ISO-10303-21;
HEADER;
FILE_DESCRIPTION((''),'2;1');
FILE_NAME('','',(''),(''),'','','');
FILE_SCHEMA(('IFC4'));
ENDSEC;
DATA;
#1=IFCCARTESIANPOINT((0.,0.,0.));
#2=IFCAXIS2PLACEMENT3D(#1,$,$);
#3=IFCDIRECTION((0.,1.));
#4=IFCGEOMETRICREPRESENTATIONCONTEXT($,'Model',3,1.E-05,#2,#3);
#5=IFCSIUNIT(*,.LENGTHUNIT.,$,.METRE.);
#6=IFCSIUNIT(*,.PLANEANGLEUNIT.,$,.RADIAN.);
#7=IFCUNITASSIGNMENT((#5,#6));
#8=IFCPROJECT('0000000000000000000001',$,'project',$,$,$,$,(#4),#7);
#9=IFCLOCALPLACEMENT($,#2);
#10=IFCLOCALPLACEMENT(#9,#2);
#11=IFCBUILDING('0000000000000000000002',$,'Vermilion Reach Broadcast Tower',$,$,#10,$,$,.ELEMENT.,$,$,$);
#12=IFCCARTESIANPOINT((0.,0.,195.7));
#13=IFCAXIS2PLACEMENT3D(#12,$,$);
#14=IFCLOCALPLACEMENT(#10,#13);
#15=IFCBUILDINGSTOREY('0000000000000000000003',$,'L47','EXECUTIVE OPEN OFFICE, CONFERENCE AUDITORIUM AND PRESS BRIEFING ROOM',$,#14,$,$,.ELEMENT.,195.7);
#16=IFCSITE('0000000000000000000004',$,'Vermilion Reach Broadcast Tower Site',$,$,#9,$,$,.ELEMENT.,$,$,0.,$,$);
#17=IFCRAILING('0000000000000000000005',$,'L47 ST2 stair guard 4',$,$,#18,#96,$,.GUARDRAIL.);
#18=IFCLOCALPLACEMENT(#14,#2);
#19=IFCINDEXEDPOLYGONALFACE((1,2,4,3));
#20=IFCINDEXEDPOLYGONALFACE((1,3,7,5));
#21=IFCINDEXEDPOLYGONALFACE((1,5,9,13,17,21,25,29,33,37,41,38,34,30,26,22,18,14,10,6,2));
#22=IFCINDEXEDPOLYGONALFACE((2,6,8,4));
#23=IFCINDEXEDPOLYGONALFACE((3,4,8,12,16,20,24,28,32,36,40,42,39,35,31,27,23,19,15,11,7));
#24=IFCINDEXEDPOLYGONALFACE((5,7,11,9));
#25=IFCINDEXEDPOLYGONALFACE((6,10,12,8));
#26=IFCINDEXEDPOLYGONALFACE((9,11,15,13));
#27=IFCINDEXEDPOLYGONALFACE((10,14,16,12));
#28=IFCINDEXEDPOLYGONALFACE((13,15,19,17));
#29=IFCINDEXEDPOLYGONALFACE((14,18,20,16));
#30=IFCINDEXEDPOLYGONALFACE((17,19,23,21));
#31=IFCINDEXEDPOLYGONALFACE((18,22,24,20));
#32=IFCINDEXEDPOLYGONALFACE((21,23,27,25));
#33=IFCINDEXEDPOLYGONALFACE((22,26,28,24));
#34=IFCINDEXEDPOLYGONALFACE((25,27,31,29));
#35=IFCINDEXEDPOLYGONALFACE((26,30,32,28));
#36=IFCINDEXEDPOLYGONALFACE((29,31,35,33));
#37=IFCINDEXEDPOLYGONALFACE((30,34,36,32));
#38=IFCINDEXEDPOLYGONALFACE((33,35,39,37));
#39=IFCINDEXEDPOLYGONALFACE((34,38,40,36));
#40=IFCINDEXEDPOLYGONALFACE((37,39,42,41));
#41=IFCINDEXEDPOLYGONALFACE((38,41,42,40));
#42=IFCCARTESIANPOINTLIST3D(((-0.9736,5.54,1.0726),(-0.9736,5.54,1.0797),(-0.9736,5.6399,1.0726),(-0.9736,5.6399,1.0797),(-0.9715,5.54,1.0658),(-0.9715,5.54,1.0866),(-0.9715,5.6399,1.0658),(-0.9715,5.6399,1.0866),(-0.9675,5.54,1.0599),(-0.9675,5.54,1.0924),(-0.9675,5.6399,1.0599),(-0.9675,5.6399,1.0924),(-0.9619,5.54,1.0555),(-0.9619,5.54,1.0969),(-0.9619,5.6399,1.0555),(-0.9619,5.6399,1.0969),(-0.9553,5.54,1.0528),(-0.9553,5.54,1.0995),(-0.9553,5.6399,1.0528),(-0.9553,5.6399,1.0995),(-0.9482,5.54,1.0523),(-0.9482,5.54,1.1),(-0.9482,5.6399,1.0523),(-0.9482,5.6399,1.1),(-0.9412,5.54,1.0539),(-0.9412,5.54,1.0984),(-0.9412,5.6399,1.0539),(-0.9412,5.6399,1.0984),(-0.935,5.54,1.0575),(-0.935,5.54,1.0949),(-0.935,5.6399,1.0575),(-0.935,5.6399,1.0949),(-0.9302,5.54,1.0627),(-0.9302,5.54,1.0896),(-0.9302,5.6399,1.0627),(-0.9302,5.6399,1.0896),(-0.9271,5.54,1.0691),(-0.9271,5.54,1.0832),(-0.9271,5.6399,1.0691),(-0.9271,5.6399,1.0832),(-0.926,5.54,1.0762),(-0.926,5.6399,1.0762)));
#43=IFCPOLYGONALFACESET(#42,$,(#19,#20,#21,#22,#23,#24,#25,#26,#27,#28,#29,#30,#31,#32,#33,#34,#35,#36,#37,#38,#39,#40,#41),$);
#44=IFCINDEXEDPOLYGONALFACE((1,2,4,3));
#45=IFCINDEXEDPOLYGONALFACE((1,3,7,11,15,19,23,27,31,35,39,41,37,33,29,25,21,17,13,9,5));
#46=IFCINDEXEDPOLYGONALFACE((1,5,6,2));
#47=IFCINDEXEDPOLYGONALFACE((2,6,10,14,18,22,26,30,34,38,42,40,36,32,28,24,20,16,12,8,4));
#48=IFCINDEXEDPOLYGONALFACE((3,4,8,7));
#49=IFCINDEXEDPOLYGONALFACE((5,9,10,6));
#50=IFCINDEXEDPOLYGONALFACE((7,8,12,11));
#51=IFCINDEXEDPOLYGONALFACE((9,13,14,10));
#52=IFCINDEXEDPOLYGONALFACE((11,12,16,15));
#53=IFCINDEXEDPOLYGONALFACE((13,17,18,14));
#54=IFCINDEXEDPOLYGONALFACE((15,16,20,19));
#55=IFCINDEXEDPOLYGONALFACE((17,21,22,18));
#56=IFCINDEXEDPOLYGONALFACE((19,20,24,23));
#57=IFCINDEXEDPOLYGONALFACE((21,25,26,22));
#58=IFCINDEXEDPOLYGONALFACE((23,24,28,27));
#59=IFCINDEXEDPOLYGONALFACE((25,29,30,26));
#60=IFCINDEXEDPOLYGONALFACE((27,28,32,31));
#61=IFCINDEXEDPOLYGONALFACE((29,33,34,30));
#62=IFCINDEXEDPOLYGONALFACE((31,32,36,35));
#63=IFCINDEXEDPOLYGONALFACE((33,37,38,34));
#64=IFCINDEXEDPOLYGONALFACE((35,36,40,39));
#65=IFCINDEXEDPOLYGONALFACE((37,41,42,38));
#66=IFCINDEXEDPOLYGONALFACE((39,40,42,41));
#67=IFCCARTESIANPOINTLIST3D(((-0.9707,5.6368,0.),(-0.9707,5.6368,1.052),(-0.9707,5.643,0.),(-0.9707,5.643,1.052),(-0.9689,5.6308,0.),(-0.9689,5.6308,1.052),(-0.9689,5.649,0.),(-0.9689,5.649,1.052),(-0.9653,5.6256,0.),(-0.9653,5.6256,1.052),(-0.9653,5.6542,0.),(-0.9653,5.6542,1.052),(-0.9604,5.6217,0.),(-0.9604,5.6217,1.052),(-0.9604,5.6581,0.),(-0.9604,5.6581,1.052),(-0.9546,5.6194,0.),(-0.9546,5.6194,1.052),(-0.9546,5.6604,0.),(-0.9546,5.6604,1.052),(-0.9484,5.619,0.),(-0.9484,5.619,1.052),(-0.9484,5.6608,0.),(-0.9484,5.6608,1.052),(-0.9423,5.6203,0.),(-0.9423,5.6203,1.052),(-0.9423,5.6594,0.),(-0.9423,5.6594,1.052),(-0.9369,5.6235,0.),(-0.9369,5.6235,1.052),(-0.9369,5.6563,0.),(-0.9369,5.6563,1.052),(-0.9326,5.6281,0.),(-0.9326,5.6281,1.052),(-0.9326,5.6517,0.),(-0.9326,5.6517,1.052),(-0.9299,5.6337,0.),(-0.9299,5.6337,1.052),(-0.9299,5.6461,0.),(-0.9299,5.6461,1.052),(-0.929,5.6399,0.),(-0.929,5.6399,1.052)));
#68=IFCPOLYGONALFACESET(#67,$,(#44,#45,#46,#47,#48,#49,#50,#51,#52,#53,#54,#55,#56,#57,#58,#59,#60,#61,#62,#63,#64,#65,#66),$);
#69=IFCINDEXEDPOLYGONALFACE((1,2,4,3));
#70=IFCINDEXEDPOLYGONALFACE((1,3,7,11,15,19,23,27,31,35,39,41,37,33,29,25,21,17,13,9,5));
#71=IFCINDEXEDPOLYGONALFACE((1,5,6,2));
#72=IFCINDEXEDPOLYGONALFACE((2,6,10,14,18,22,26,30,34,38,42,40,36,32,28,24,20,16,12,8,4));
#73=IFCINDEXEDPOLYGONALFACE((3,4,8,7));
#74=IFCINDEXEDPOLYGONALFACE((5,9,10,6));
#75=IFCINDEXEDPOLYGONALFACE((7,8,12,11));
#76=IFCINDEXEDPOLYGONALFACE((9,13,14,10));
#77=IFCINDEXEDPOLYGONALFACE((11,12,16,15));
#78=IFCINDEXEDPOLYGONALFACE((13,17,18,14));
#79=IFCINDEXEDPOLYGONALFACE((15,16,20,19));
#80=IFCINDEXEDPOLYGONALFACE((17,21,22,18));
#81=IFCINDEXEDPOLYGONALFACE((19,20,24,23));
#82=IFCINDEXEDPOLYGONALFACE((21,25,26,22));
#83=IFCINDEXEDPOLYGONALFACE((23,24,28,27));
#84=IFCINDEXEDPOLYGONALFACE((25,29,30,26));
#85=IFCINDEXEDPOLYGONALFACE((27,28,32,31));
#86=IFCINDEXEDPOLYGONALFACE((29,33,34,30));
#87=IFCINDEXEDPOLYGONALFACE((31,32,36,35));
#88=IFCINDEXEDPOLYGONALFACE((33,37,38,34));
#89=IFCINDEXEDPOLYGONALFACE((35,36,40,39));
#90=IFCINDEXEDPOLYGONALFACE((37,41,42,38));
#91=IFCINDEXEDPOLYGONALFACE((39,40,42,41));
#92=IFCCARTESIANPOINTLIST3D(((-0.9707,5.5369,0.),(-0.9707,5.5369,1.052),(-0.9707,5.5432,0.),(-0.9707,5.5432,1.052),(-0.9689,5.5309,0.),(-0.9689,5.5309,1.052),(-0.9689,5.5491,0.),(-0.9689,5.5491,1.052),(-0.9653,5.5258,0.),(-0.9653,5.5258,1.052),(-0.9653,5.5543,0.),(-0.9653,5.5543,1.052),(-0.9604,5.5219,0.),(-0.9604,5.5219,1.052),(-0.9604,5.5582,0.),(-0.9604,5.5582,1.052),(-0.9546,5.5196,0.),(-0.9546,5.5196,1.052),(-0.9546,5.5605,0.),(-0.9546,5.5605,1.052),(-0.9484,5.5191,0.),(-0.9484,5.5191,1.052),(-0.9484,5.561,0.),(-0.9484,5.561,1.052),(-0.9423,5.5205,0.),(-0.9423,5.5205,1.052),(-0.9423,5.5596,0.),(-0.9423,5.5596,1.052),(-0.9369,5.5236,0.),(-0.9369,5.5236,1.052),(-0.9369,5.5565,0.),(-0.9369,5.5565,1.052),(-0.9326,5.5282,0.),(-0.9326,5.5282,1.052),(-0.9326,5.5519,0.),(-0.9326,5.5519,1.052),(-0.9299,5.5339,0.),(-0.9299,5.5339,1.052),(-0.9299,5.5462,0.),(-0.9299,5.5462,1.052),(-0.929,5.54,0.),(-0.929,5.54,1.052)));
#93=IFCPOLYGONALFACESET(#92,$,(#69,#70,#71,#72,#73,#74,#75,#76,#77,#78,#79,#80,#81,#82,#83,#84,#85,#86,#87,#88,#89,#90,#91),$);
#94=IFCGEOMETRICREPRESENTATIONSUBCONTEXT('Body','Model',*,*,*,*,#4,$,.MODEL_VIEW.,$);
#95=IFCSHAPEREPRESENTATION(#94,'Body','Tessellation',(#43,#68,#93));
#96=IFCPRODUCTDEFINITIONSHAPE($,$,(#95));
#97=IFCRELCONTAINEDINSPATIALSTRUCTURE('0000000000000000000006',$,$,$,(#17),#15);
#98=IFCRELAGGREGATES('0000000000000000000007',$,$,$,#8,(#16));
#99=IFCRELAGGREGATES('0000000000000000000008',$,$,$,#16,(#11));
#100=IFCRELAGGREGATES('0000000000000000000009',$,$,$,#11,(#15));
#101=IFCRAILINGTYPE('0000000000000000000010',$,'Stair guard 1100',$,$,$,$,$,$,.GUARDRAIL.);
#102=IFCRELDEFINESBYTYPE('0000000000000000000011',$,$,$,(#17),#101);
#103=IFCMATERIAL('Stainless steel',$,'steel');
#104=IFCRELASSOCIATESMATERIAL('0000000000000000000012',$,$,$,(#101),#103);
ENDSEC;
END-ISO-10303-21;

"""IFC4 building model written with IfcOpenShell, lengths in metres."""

from ifc_helpers import new_model, si_unit, direction, frame, origin, origin_2d, place, context, subcontext, project, spatial, circle, extrude, material, type_object, element, save


model = new_model("IFC4")

# Units and contexts
model_context = context("Model", 3, precision=1e-05, world=origin(), true_north=direction((0.0, 1.0)))
body_context = subcontext(model_context, "Body", "Model", "MODEL_VIEW")
ifc_project = project(units=[si_unit("LENGTHUNIT", "METRE"), si_unit("PLANEANGLEUNIT", "RADIAN")], contexts=[model_context])

# Site, building, storey
site_placement = place(None, origin())
site = spatial("IfcSite", under=ifc_project, at=site_placement, Name="Vermilion Reach Broadcast Tower Site", CompositionType="ELEMENT", RefElevation=0.0)
building_placement = place(site_placement, origin())
building = spatial("IfcBuilding", under=site, at=building_placement, Name="Vermilion Reach Broadcast Tower", CompositionType="ELEMENT")
storey_placement = place(building_placement, frame((0.0, 0.0, 195.7)))
storey = spatial("IfcBuildingStorey", under=building, at=storey_placement, Name="L47", Description="EXECUTIVE OPEN OFFICE, CONFERENCE AUDITORIUM AND PRESS BRIEFING ROOM", CompositionType="ELEMENT", Elevation=195.7)

# Railing
ifc_material_1 = material(Name="Stainless steel", Category="steel")
railing_type_1 = type_object("IfcRailingType", Name="Stair guard 1100", PredefinedType="GUARDRAIL", material=ifc_material_1)
railing_1_placement = place(storey_placement, frame((-0.95, 5.6399, 0.0)))
element("IfcRailing", 1, at=railing_1_placement, inside=storey, type_object=railing_type_1, Name="L47 ST2 stair guard 4", PredefinedType="GUARDRAIL", context=body_context, shape_type="SweptSolid", body=[
    extrude(circle(Radius=0.0239, at=origin_2d()), frame((0.0, 0.0, 1.0762), z_axis=(0.0, -1.0, 0.0), x_axis=(1.0, 0.0, 0.0)), (0.0, 0.0, 1.0), 0.0999),
    extrude(circle(Radius=0.021, at=origin_2d()), origin(), (0.0, 0.0, 1.0), 1.052),
    extrude(circle(Radius=0.021, at=origin_2d()), frame((0.0, -0.0999, 0.0)), (0.0, 0.0, 1.0), 1.052),
])

save(model, "model.ifc")
